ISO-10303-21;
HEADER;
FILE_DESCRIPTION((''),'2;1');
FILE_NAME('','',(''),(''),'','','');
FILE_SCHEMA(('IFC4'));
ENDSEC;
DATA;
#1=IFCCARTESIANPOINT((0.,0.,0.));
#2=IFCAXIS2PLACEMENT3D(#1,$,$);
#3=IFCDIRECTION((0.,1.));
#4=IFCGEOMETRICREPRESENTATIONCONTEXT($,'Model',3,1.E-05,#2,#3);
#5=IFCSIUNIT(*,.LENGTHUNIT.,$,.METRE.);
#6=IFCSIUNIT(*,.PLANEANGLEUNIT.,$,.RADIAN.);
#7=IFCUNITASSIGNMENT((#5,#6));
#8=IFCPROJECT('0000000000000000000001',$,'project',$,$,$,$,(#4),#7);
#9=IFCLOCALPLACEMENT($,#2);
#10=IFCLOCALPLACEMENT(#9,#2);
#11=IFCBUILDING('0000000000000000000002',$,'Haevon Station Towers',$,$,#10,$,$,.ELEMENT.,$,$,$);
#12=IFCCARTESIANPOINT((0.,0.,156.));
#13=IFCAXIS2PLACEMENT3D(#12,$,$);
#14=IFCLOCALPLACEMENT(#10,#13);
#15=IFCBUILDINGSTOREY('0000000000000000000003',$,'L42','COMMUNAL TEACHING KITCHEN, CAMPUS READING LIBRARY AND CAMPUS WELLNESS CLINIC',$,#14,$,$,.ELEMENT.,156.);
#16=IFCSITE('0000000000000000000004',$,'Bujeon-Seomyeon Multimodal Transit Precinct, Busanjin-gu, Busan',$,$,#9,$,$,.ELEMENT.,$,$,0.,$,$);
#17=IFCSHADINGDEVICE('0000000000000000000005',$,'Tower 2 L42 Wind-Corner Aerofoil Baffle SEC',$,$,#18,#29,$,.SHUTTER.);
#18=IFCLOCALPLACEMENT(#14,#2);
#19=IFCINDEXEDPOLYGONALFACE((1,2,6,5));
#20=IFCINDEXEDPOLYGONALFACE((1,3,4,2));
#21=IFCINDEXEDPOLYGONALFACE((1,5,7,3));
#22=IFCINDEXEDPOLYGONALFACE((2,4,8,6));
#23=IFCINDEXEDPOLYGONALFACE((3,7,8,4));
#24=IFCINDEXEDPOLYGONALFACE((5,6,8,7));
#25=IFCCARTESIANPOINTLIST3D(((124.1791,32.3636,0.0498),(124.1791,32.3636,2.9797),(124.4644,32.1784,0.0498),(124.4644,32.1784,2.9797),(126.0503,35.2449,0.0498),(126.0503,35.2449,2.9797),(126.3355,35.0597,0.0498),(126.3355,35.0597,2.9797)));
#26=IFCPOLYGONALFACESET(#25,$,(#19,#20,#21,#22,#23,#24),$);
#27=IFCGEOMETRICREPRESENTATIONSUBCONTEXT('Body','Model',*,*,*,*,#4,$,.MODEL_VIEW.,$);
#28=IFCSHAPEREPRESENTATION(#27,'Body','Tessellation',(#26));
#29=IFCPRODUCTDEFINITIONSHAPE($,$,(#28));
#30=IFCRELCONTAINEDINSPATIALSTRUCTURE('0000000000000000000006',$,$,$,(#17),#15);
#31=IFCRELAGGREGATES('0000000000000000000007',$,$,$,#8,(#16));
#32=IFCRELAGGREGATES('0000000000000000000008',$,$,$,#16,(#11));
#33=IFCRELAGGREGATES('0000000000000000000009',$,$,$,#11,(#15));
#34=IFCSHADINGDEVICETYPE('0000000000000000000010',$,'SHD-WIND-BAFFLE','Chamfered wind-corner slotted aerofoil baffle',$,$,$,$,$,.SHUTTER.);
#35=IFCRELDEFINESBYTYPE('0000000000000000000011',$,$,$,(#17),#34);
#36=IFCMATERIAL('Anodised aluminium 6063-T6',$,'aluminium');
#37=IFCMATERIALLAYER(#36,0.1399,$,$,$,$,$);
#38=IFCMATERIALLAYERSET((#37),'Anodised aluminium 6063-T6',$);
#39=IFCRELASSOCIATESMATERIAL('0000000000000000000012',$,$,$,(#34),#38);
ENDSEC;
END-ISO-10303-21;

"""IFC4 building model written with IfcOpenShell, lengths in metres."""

from ifc_helpers import new_model, si_unit, direction, frame, origin, origin_2d, place, context, subcontext, project, spatial, rectangle, extrude, material, layer, layer_set, type_object, element, save


model = new_model("IFC4")

# Units and contexts
model_context = context("Model", 3, precision=1e-05, world=origin(), true_north=direction((0.0, 1.0)))
body_context = subcontext(model_context, "Body", "Model", "MODEL_VIEW")
ifc_project = project(units=[si_unit("LENGTHUNIT", "METRE"), si_unit("PLANEANGLEUNIT", "RADIAN")], contexts=[model_context])

# Site, building, storey
site_placement = place(None, origin())
site = spatial("IfcSite", under=ifc_project, at=site_placement, Name="Bujeon-Seomyeon Multimodal Transit Precinct, Busanjin-gu, Busan", CompositionType="ELEMENT", RefElevation=0.0)
building_placement = place(site_placement, origin())
building = spatial("IfcBuilding", under=site, at=building_placement, Name="Haevon Station Towers", CompositionType="ELEMENT")
storey_placement = place(building_placement, frame((0.0, 0.0, 156.0)))
storey = spatial("IfcBuildingStorey", under=building, at=storey_placement, Name="L42", Description="COMMUNAL TEACHING KITCHEN, CAMPUS READING LIBRARY AND CAMPUS WELLNESS CLINIC", CompositionType="ELEMENT", Elevation=156.0)

# Shading device
ifc_material_1 = material(Name="Anodised aluminium 6063-T6", Category="aluminium")
ifc_layer_1 = layer(ifc_material_1, 0.1399)
ifc_layer_set_1 = layer_set([ifc_layer_1], Name="Anodised aluminium 6063-T6")
shading_device_type = type_object("IfcShadingDeviceType", Name="SHD-WIND-BAFFLE", Description="Chamfered wind-corner slotted aerofoil baffle", PredefinedType="SHUTTER", material=ifc_layer_set_1)
shading_device_placement = place(storey_placement, frame((125.2573, 33.7117, 0.0498), z_axis=(0.0, 0.0, 1.0), x_axis=(-0.544639, -0.838671, 0.0)))
element("IfcShadingDevice", 1, at=shading_device_placement, inside=storey, type_object=shading_device_type, Name="Tower 2 L42 Wind-Corner Aerofoil Baffle SEC", PredefinedType="SHUTTER", context=body_context, shape_type="SweptSolid", body=[
    extrude(rectangle(XDim=3.4355, YDim=0.3401, at=origin_2d()), origin(), (0.0, 0.0, 1.0), 2.9299),
])

save(model, "model.ifc")
